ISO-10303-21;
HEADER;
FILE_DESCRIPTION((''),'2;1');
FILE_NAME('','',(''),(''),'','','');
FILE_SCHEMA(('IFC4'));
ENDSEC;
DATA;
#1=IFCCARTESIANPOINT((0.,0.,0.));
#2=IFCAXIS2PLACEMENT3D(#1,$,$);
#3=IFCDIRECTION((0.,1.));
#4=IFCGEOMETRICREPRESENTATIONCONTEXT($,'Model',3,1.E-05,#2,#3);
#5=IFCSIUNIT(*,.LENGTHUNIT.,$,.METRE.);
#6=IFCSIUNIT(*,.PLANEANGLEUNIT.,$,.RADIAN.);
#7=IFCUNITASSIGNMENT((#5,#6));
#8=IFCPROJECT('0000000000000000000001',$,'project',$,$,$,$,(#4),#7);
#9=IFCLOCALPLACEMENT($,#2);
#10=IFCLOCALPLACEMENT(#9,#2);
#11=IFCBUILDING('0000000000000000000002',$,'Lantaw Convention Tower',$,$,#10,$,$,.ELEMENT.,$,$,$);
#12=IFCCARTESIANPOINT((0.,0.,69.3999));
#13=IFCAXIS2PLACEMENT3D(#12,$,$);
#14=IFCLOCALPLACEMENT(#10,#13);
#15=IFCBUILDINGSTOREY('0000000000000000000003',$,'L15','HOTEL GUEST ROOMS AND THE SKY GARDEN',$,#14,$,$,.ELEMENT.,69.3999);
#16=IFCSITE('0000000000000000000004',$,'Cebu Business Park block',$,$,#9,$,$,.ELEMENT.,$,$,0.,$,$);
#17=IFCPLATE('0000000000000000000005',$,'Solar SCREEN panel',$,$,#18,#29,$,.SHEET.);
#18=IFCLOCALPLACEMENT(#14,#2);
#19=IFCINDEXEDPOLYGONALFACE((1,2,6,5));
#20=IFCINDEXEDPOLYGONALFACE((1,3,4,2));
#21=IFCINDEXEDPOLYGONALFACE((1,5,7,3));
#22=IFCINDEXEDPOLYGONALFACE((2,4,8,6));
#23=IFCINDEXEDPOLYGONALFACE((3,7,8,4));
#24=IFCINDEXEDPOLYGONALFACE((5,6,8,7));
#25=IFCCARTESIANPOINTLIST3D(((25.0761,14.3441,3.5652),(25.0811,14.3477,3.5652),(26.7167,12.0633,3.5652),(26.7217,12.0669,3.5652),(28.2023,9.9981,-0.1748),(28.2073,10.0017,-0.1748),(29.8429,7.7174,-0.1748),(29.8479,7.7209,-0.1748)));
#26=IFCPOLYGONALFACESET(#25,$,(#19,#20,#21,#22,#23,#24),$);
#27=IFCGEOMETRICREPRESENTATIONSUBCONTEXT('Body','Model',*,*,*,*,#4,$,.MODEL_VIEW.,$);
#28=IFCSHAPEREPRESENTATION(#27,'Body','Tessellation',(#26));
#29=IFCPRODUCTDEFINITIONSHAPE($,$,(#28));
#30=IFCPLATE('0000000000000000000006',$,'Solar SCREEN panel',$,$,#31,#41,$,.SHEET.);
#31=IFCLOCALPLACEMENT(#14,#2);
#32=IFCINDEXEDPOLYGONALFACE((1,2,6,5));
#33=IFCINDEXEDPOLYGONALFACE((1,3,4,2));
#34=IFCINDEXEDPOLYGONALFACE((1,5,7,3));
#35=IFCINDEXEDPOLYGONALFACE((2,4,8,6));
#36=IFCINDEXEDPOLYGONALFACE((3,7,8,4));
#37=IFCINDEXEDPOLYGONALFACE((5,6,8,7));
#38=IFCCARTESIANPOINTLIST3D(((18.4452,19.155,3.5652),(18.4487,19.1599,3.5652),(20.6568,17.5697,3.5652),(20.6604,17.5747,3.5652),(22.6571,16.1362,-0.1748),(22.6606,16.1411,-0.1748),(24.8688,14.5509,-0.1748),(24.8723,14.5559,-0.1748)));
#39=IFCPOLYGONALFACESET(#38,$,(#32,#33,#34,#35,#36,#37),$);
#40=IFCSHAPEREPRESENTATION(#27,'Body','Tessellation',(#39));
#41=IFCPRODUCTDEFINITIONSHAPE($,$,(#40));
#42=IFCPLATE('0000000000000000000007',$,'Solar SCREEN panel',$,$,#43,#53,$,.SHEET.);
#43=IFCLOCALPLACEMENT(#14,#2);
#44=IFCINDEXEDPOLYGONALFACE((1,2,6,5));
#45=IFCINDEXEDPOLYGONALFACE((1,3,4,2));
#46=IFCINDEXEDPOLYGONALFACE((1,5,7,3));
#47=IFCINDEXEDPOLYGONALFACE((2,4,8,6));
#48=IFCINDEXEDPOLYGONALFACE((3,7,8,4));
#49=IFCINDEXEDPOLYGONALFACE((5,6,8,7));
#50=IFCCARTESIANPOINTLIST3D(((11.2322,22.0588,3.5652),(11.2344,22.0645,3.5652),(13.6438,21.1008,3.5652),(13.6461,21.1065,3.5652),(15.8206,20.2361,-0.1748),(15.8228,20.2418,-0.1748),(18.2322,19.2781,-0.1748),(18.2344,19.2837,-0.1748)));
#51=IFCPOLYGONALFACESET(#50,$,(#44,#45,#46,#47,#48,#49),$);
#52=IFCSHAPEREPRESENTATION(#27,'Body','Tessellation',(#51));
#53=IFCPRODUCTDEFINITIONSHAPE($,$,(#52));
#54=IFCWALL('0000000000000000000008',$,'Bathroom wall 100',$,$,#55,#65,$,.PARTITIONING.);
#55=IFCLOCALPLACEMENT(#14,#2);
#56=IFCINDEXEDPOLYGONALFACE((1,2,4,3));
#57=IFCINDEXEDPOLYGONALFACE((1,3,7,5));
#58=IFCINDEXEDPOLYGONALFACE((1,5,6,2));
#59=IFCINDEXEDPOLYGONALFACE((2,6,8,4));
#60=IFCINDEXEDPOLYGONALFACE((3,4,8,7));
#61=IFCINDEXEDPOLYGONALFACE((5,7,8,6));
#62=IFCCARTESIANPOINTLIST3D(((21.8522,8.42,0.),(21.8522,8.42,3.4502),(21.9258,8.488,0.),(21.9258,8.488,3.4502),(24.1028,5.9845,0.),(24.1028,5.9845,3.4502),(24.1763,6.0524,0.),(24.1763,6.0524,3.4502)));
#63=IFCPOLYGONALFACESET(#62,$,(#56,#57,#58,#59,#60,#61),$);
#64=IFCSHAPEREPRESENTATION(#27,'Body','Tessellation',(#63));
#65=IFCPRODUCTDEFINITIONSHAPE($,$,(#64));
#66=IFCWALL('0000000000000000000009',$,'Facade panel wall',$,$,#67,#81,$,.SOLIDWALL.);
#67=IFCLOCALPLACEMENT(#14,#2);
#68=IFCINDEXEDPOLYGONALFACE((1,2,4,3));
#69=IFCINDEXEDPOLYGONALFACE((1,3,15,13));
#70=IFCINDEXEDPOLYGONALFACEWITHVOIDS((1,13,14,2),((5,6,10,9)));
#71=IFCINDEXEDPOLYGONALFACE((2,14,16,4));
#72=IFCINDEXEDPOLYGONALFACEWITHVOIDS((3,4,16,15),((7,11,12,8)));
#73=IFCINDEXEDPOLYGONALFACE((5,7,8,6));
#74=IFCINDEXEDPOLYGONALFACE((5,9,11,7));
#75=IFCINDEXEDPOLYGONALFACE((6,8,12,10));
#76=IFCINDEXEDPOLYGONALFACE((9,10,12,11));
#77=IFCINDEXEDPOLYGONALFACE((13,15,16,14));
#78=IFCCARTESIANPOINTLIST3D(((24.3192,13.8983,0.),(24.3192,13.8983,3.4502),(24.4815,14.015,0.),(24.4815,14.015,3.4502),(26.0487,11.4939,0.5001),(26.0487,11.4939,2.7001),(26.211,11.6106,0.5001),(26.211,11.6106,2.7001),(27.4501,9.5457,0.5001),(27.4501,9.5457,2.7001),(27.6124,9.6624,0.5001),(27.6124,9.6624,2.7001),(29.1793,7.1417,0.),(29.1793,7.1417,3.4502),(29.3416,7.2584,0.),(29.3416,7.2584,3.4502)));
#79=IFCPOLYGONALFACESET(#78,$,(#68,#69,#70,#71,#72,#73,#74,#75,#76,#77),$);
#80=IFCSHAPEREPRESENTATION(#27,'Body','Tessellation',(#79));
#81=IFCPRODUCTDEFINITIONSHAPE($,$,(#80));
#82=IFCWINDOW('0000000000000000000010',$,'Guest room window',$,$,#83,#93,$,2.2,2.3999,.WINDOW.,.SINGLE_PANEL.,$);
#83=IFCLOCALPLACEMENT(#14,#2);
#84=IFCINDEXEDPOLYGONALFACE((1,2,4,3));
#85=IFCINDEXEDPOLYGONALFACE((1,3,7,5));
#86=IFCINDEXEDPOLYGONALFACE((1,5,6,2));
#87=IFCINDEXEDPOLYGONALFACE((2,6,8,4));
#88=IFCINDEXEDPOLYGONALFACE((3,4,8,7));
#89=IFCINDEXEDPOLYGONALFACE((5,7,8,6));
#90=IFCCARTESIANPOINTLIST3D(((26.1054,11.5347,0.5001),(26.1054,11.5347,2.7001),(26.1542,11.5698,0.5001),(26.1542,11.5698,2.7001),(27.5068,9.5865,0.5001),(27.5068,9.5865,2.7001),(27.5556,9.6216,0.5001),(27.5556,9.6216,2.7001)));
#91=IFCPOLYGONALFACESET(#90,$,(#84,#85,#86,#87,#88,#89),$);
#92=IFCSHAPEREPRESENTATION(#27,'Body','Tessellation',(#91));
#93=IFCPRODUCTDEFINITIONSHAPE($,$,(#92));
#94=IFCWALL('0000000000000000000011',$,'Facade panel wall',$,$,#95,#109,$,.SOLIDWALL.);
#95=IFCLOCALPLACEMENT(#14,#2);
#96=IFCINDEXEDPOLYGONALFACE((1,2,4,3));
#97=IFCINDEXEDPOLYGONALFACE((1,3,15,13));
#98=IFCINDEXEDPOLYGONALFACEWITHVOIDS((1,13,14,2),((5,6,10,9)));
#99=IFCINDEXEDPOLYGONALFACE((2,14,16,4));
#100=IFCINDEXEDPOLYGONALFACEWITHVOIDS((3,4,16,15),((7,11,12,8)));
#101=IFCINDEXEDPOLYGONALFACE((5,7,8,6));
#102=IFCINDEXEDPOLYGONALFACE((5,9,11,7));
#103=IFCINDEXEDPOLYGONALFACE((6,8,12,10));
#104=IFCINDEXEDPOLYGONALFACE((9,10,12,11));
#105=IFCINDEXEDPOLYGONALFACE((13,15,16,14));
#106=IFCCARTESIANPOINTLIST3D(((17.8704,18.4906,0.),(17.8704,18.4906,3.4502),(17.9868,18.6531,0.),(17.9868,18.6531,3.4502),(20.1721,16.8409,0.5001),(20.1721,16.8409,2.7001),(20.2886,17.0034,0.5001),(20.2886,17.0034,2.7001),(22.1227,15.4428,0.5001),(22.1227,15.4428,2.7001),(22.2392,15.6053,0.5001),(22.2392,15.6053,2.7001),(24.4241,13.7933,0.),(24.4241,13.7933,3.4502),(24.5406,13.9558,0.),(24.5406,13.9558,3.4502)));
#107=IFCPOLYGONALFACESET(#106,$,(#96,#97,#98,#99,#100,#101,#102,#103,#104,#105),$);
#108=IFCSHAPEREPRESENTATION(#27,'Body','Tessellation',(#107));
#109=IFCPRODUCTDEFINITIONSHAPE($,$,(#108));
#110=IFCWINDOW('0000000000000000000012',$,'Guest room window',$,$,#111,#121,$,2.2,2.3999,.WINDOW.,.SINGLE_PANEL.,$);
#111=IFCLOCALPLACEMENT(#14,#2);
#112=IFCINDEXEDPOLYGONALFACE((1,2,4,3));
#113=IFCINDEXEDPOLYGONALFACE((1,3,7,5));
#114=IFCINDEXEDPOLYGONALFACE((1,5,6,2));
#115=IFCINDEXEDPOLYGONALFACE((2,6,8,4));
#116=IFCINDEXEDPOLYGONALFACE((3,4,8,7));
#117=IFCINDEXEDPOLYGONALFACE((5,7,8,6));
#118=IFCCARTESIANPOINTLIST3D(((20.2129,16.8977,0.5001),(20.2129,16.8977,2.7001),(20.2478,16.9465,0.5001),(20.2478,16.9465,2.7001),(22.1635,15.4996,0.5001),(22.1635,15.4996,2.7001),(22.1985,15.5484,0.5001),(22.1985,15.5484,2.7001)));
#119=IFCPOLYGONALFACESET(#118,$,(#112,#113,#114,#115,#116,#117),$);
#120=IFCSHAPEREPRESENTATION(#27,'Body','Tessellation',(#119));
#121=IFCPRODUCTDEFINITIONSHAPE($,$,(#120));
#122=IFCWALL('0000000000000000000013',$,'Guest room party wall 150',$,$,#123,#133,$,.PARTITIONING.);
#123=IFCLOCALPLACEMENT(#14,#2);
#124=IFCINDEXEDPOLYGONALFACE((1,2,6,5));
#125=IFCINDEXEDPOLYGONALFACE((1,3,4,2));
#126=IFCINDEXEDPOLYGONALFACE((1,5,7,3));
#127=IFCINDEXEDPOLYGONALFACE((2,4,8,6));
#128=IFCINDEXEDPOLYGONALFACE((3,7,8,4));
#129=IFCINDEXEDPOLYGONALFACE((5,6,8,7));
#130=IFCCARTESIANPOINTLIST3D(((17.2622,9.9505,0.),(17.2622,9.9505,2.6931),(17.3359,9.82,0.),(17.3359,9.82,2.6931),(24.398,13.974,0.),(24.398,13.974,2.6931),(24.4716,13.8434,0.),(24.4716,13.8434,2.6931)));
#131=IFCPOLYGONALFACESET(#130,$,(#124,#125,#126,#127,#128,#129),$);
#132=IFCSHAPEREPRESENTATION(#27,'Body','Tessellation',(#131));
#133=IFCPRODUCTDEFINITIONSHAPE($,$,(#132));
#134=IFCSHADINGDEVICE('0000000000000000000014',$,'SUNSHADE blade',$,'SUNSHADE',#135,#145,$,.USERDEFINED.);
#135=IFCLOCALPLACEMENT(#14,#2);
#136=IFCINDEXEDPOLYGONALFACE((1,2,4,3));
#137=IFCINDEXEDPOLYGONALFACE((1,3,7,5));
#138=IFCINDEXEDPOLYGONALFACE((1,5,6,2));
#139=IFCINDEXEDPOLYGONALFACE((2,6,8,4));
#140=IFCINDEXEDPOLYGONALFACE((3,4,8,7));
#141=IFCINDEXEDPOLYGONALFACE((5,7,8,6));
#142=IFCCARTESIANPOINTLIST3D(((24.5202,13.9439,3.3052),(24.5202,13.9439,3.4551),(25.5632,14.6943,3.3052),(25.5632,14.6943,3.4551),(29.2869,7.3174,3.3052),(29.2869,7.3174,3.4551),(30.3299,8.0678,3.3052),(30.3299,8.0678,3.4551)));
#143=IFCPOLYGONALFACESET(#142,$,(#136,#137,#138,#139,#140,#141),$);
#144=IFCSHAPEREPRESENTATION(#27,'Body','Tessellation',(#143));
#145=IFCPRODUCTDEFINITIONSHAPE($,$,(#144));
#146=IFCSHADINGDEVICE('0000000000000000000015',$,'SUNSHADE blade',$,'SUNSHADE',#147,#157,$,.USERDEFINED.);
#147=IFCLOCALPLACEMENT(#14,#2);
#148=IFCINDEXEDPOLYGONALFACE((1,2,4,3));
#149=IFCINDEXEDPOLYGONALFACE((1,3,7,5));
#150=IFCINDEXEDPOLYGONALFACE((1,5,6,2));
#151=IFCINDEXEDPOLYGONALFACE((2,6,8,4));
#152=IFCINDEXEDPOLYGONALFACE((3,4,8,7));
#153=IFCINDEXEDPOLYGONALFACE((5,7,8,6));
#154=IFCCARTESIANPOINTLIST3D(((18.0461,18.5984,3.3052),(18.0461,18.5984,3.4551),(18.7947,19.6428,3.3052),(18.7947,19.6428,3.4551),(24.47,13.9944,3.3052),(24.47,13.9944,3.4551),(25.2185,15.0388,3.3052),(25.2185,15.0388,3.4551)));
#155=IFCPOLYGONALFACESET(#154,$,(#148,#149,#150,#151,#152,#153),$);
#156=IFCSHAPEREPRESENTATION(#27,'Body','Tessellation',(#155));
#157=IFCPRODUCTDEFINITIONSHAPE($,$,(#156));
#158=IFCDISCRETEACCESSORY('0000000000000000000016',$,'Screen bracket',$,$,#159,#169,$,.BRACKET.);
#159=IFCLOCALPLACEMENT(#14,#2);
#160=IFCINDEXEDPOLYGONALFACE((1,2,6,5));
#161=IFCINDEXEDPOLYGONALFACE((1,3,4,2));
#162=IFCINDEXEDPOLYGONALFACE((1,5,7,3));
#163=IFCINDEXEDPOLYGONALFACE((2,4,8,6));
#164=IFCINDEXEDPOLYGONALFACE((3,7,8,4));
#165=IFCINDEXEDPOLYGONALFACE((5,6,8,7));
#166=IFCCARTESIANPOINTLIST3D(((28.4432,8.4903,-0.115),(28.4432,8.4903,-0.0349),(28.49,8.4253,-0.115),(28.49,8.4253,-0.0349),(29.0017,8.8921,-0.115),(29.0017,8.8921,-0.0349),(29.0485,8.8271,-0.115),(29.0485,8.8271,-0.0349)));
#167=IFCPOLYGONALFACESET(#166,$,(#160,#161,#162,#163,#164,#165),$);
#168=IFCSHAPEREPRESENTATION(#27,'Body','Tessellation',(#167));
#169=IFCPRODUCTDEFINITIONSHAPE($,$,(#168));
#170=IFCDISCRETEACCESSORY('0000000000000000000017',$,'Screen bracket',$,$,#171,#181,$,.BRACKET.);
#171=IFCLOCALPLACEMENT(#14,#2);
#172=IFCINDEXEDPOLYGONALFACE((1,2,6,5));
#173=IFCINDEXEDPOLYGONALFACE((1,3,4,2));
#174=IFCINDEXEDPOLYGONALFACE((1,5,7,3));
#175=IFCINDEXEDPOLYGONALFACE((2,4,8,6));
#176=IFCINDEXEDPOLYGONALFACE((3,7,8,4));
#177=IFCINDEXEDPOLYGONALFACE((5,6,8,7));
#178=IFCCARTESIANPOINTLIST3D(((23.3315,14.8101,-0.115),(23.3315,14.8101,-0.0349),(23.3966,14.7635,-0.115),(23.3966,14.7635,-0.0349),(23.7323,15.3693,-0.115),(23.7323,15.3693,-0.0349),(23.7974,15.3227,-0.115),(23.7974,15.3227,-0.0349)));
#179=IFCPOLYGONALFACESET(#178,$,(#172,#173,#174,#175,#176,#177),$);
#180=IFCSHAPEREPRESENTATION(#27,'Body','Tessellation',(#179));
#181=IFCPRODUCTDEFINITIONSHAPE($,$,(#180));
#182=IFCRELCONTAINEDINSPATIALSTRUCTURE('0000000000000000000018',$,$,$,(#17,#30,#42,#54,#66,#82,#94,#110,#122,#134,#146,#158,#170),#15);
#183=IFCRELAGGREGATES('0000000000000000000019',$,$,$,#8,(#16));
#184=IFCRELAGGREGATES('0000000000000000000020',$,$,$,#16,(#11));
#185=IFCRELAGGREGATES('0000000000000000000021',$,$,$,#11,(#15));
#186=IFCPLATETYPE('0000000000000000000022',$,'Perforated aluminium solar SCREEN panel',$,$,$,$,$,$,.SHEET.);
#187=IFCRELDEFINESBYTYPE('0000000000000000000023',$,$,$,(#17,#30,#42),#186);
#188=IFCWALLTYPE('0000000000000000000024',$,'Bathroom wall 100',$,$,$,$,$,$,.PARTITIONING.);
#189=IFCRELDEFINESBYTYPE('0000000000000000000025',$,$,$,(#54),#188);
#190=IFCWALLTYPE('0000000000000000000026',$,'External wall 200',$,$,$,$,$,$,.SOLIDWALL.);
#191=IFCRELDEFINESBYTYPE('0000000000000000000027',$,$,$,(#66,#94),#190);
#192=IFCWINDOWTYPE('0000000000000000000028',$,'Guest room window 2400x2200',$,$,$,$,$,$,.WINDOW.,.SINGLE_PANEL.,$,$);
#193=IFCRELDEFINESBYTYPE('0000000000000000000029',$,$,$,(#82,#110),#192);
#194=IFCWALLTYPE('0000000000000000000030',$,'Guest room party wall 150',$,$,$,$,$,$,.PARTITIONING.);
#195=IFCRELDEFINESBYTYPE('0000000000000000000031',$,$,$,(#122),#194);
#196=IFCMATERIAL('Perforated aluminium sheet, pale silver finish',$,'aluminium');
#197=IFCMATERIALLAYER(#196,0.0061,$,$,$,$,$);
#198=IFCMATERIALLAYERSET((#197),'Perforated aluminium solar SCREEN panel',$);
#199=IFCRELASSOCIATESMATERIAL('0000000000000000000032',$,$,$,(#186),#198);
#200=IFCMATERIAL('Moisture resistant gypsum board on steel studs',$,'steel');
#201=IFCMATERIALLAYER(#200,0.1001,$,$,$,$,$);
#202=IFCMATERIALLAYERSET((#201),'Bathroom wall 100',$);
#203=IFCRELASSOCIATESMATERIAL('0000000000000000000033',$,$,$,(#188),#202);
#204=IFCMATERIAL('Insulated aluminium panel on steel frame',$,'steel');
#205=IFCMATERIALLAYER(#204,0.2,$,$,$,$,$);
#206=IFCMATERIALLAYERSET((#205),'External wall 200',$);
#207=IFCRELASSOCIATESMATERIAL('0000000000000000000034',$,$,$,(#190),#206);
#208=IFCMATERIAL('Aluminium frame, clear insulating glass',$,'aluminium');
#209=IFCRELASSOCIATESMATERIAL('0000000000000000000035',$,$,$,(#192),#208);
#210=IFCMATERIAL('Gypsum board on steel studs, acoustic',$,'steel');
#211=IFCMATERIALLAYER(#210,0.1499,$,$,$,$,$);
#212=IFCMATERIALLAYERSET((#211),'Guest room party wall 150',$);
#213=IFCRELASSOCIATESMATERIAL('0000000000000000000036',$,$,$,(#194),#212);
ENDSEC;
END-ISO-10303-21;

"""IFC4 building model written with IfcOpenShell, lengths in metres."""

from ifc_helpers import new_model, si_unit, direction, frame, frame_2d, origin, origin_2d, place, context, subcontext, project, spatial, polyline, rectangle, outline, extrude, material, layer, layer_set, type_object, element, fill, save


model = new_model("IFC4")

# Units and contexts
model_context = context("Model", 3, precision=1e-05, world=origin(), true_north=direction((0.0, 1.0)))
body_context = subcontext(model_context, "Body", "Model", "MODEL_VIEW")
ifc_project = project(units=[si_unit("LENGTHUNIT", "METRE"), si_unit("PLANEANGLEUNIT", "RADIAN")], contexts=[model_context])

# Site, building, storey
site_placement = place(None, origin())
site = spatial("IfcSite", under=ifc_project, at=site_placement, Name="Cebu Business Park block", CompositionType="ELEMENT", RefElevation=0.0)
building_placement = place(site_placement, origin())
building = spatial("IfcBuilding", under=site, at=building_placement, Name="Lantaw Convention Tower", CompositionType="ELEMENT")
storey_placement = place(building_placement, frame((0.0, 0.0, 69.3999)))
storey = spatial("IfcBuildingStorey", under=building, at=storey_placement, Name="L15", Description="HOTEL GUEST ROOMS AND THE SKY GARDEN", CompositionType="ELEMENT", Elevation=69.3999)

# Plates
ifc_material_1 = material(Name="Perforated aluminium sheet, pale silver finish", Category="aluminium")
ifc_layer_1 = layer(ifc_material_1, 0.0061)
ifc_layer_set_1 = layer_set([ifc_layer_1], Name="Perforated aluminium solar SCREEN panel")
plate_type = type_object("IfcPlateType", Name="Perforated aluminium solar SCREEN panel", PredefinedType="SHEET", material=ifc_layer_set_1)
plate_1_placement = place(storey_placement, frame((29.8479, 7.7209, -0.1748), z_axis=(0.811791, 0.583948, 0.000009), x_axis=(-0.583948, 0.811791, 0.0)))
element("IfcPlate", 1, at=plate_1_placement, inside=storey, type_object=plate_type, Name="Solar SCREEN panel", PredefinedType="SHEET", context=body_context, shape_type="SweptSolid", body=[
    extrude(outline(polyline([(0.0, 0.0), (2.8095, 0.0), (8.1631, 3.74), (5.3536, 3.74), (0.0, 0.0)])), origin(), (0.0, 0.0, -1.0), 0.0061),
])
plate_2_placement = place(storey_placement, frame((24.8723, 14.5559, -0.1748), z_axis=(0.582561, 0.812787, 0.000016), x_axis=(-0.812787, 0.582561, 0.0)))
element("IfcPlate", 2, at=plate_2_placement, inside=storey, type_object=plate_type, Name="Solar SCREEN panel", PredefinedType="SHEET", context=body_context, shape_type="SweptSolid", body=[
    extrude(outline(polyline([(0.0, 0.0), (2.7211, 0.0), (7.9031, 3.74), (5.182, 3.74), (0.0, 0.0)])), origin(), (0.0, 0.0, -1.0), 0.0061),
])
plate_3_placement = place(storey_placement, frame((18.2322, 19.2781, -0.1748), z_axis=(-0.369184, -0.929357, 0.000009), x_axis=(-0.929357, 0.369184, 0.0)))
element("IfcPlate", 3, at=plate_3_placement, inside=storey, type_object=plate_type, Name="Solar SCREEN panel", PredefinedType="SHEET", context=body_context, shape_type="SweptSolid", body=[
    extrude(outline(polyline([(0.0, 0.0), (2.5949, 0.0), (7.5321, -3.74), (4.9372, -3.74), (0.0, 0.0)])), origin(), (0.0, 0.0, -1.0), 0.0061),
])

# Wall
ifc_material_2 = material(Name="Moisture resistant gypsum board on steel studs", Category="steel")
ifc_layer_2 = layer(ifc_material_2, 0.1001)
ifc_layer_set_2 = layer_set([ifc_layer_2], Name="Bathroom wall 100")
wall_type_1 = type_object("IfcWallType", Name="Bathroom wall 100", PredefinedType="PARTITIONING", material=ifc_layer_set_2)
wall_1_placement = place(storey_placement, frame((21.8889, 8.4541, 0.0), z_axis=(0.0, 0.0, 1.0), x_axis=(0.678653, -0.734459, 0.0)))
element("IfcWall", 4, at=wall_1_placement, inside=storey, type_object=wall_type_1, Name="Bathroom wall 100", PredefinedType="PARTITIONING", context=body_context, shape_type="SweptSolid", body=[
    extrude(rectangle(XDim=3.3162, YDim=0.1001, at=frame_2d((1.6582, 0.0))), origin(), (0.0, 0.0, 1.0), 3.4502),
])

# Walls, openings, windows
ifc_material_3 = material(Name="Insulated aluminium panel on steel frame", Category="steel")
ifc_layer_3 = layer(ifc_material_3, 0.2)
ifc_layer_set_3 = layer_set([ifc_layer_3], Name="External wall 200")
wall_type_2 = type_object("IfcWallType", Name="External wall 200", PredefinedType="SOLIDWALL", material=ifc_layer_set_3)
wall_2_placement = place(storey_placement, frame((29.2605, 7.2, 0.0), z_axis=(0.0, 0.0, 1.0), x_axis=(-0.583938, 0.811799, 0.0)))
wall_2 = element("IfcWall", 5, at=wall_2_placement, inside=storey, type_object=wall_type_2, Name="Facade panel wall", PredefinedType="SOLIDWALL", context=body_context, shape_type="SweptSolid", body=[
    extrude(rectangle(XDim=8.323, YDim=0.2, at=frame_2d((4.1616, 0.0))), origin(), (0.0, 0.0, 1.0), 3.4502),
])
opening_1_placement = place(wall_2_placement, frame((2.9614, 0.0, 0.5)))
opening_1 = element("IfcOpeningElement", 6, at=opening_1_placement, cuts=wall_2, PredefinedType="OPENING", context=body_context, shape_type="SweptSolid", body=[
    extrude(rectangle(XDim=2.3999, YDim=2.2, at=frame_2d((1.2, 1.1001))), frame((0.0, 0.1099, 0.0), z_axis=(0.0, -1.0, 0.0), x_axis=(1.0, 0.0, 0.0)), (0.0, 0.0, 1.0), 0.22),
])
ifc_material_4 = material(Name="Aluminium frame, clear insulating glass", Category="aluminium")
window_type = type_object("IfcWindowType", Name="Guest room window 2400x2200", PartitioningType="SINGLE_PANEL", PredefinedType="WINDOW", material=ifc_material_4)
window_1_placement = place(opening_1_placement, origin())
window_1 = element("IfcWindow", 7, at=window_1_placement, inside=storey, type_object=window_type, Name="Guest room window", OverallHeight=2.2, OverallWidth=2.3999, PartitioningType="SINGLE_PANEL", PredefinedType="WINDOW", context=body_context, shape_type="SweptSolid", body=[
    extrude(rectangle(XDim=2.3999, YDim=2.2, at=frame_2d((1.2, 1.1001))), frame((0.0, 0.03, 0.0), z_axis=(0.0, -1.0, 0.0), x_axis=(1.0, 0.0, 0.0)), (0.0, 0.0, 1.0), 0.0601),
])
fill(opening_1, window_1)
wall_3_placement = place(storey_placement, frame((24.4824, 13.8745, 0.0), z_axis=(0.0, 0.0, 1.0), x_axis=(-0.812791, 0.582555, 0.0)))
wall_3 = element("IfcWall", 8, at=wall_3_placement, inside=storey, type_object=wall_type_2, Name="Facade panel wall", PredefinedType="SOLIDWALL", context=body_context, shape_type="SweptSolid", body=[
    extrude(rectangle(XDim=8.0632, YDim=0.2, at=frame_2d((4.0317, 0.0))), origin(), (0.0, 0.0, 1.0), 3.4502),
])
opening_2_placement = place(wall_3_placement, frame((2.8315, 0.0, 0.5)))
opening_2 = element("IfcOpeningElement", 9, at=opening_2_placement, cuts=wall_3, PredefinedType="OPENING", context=body_context, shape_type="SweptSolid", body=[
    extrude(rectangle(XDim=2.3999, YDim=2.2, at=frame_2d((1.2, 1.1001))), frame((0.0, 0.1099, 0.0), z_axis=(0.0, -1.0, 0.0), x_axis=(1.0, 0.0, 0.0)), (0.0, 0.0, 1.0), 0.22),
])
window_2_placement = place(opening_2_placement, origin())
window_2 = element("IfcWindow", 10, at=window_2_placement, inside=storey, type_object=window_type, Name="Guest room window", OverallHeight=2.2, OverallWidth=2.3999, PartitioningType="SINGLE_PANEL", PredefinedType="WINDOW", context=body_context, shape_type="SweptSolid", body=[
    extrude(rectangle(XDim=2.3999, YDim=2.2, at=frame_2d((1.2, 1.1001))), frame((0.0, 0.03, 0.0), z_axis=(0.0, -1.0, 0.0), x_axis=(1.0, 0.0, 0.0)), (0.0, 0.0, 1.0), 0.0601),
])
fill(opening_2, window_2)

# Wall
ifc_material_5 = material(Name="Gypsum board on steel studs, acoustic", Category="steel")
ifc_layer_4 = layer(ifc_material_5, 0.1499)
ifc_layer_set_4 = layer_set([ifc_layer_4], Name="Guest room party wall 150")
wall_type_3 = type_object("IfcWallType", Name="Guest room party wall 150", PredefinedType="PARTITIONING", material=ifc_layer_set_4)
wall_4_placement = place(storey_placement, frame((24.4348, 13.9087, 0.0), z_axis=(0.0, 0.0, 1.0), x_axis=(-0.871075, -0.49115, 0.0)))
element("IfcWall", 11, at=wall_4_placement, inside=storey, type_object=wall_type_3, Name="Guest room party wall 150", PredefinedType="PARTITIONING", context=body_context, shape_type="SweptSolid", body=[
    extrude(rectangle(XDim=8.1919, YDim=0.1499, at=frame_2d((4.0959, 0.0))), origin(), (0.0, 0.0, 1.0), 2.6931),
])

# Shading devices
shading_device_1_placement = place(storey_placement, frame((27.425, 11.0059, 3.3052), z_axis=(0.0, 0.0, 1.0), x_axis=(-0.583951, 0.811789, 0.0)))
element("IfcShadingDevice", 12, at=shading_device_1_placement, inside=storey, Name="SUNSHADE blade", ObjectType="SUNSHADE", PredefinedType="USERDEFINED", context=body_context, shape_type="SweptSolid", body=[
    extrude(rectangle(XDim=8.1628, YDim=1.2849, at=origin_2d()), origin(), (0.0, 0.0, 1.0), 0.1499),
])
shading_device_2_placement = place(storey_placement, frame((21.6323, 16.8186, 3.3052), z_axis=(0.0, 0.0, 1.0), x_axis=(-0.812804, 0.582538, 0.0)))
element("IfcShadingDevice", 13, at=shading_device_2_placement, inside=storey, Name="SUNSHADE blade", ObjectType="SUNSHADE", PredefinedType="USERDEFINED", context=body_context, shape_type="SweptSolid", body=[
    extrude(rectangle(XDim=7.9033, YDim=1.2849, at=origin_2d()), origin(), (0.0, 0.0, 1.0), 0.1499),
])

# Discrete accessories
for number, where, z_axis, x_axis, name in (
    (14, (28.7458, 8.6587, -0.115), (0.0, 0.0, 1.0), (-0.583951, 0.811789, 0.0), "Screen bracket"),
    (15, (23.5645, 15.0664, -0.115), (0.0, 0.0, 1.0), (-0.812804, 0.582538, 0.0), "Screen bracket"),
):
    element("IfcDiscreteAccessory", number, at=place(storey_placement, frame(where, z_axis=z_axis, x_axis=x_axis)), inside=storey, Name=name, PredefinedType="BRACKET", context=body_context, shape_type="SweptSolid", body=[
        extrude(rectangle(XDim=0.0801, YDim=0.688, at=origin_2d()), origin(), (0.0, 0.0, 1.0), 0.0801),
    ])

save(model, "model.ifc")
